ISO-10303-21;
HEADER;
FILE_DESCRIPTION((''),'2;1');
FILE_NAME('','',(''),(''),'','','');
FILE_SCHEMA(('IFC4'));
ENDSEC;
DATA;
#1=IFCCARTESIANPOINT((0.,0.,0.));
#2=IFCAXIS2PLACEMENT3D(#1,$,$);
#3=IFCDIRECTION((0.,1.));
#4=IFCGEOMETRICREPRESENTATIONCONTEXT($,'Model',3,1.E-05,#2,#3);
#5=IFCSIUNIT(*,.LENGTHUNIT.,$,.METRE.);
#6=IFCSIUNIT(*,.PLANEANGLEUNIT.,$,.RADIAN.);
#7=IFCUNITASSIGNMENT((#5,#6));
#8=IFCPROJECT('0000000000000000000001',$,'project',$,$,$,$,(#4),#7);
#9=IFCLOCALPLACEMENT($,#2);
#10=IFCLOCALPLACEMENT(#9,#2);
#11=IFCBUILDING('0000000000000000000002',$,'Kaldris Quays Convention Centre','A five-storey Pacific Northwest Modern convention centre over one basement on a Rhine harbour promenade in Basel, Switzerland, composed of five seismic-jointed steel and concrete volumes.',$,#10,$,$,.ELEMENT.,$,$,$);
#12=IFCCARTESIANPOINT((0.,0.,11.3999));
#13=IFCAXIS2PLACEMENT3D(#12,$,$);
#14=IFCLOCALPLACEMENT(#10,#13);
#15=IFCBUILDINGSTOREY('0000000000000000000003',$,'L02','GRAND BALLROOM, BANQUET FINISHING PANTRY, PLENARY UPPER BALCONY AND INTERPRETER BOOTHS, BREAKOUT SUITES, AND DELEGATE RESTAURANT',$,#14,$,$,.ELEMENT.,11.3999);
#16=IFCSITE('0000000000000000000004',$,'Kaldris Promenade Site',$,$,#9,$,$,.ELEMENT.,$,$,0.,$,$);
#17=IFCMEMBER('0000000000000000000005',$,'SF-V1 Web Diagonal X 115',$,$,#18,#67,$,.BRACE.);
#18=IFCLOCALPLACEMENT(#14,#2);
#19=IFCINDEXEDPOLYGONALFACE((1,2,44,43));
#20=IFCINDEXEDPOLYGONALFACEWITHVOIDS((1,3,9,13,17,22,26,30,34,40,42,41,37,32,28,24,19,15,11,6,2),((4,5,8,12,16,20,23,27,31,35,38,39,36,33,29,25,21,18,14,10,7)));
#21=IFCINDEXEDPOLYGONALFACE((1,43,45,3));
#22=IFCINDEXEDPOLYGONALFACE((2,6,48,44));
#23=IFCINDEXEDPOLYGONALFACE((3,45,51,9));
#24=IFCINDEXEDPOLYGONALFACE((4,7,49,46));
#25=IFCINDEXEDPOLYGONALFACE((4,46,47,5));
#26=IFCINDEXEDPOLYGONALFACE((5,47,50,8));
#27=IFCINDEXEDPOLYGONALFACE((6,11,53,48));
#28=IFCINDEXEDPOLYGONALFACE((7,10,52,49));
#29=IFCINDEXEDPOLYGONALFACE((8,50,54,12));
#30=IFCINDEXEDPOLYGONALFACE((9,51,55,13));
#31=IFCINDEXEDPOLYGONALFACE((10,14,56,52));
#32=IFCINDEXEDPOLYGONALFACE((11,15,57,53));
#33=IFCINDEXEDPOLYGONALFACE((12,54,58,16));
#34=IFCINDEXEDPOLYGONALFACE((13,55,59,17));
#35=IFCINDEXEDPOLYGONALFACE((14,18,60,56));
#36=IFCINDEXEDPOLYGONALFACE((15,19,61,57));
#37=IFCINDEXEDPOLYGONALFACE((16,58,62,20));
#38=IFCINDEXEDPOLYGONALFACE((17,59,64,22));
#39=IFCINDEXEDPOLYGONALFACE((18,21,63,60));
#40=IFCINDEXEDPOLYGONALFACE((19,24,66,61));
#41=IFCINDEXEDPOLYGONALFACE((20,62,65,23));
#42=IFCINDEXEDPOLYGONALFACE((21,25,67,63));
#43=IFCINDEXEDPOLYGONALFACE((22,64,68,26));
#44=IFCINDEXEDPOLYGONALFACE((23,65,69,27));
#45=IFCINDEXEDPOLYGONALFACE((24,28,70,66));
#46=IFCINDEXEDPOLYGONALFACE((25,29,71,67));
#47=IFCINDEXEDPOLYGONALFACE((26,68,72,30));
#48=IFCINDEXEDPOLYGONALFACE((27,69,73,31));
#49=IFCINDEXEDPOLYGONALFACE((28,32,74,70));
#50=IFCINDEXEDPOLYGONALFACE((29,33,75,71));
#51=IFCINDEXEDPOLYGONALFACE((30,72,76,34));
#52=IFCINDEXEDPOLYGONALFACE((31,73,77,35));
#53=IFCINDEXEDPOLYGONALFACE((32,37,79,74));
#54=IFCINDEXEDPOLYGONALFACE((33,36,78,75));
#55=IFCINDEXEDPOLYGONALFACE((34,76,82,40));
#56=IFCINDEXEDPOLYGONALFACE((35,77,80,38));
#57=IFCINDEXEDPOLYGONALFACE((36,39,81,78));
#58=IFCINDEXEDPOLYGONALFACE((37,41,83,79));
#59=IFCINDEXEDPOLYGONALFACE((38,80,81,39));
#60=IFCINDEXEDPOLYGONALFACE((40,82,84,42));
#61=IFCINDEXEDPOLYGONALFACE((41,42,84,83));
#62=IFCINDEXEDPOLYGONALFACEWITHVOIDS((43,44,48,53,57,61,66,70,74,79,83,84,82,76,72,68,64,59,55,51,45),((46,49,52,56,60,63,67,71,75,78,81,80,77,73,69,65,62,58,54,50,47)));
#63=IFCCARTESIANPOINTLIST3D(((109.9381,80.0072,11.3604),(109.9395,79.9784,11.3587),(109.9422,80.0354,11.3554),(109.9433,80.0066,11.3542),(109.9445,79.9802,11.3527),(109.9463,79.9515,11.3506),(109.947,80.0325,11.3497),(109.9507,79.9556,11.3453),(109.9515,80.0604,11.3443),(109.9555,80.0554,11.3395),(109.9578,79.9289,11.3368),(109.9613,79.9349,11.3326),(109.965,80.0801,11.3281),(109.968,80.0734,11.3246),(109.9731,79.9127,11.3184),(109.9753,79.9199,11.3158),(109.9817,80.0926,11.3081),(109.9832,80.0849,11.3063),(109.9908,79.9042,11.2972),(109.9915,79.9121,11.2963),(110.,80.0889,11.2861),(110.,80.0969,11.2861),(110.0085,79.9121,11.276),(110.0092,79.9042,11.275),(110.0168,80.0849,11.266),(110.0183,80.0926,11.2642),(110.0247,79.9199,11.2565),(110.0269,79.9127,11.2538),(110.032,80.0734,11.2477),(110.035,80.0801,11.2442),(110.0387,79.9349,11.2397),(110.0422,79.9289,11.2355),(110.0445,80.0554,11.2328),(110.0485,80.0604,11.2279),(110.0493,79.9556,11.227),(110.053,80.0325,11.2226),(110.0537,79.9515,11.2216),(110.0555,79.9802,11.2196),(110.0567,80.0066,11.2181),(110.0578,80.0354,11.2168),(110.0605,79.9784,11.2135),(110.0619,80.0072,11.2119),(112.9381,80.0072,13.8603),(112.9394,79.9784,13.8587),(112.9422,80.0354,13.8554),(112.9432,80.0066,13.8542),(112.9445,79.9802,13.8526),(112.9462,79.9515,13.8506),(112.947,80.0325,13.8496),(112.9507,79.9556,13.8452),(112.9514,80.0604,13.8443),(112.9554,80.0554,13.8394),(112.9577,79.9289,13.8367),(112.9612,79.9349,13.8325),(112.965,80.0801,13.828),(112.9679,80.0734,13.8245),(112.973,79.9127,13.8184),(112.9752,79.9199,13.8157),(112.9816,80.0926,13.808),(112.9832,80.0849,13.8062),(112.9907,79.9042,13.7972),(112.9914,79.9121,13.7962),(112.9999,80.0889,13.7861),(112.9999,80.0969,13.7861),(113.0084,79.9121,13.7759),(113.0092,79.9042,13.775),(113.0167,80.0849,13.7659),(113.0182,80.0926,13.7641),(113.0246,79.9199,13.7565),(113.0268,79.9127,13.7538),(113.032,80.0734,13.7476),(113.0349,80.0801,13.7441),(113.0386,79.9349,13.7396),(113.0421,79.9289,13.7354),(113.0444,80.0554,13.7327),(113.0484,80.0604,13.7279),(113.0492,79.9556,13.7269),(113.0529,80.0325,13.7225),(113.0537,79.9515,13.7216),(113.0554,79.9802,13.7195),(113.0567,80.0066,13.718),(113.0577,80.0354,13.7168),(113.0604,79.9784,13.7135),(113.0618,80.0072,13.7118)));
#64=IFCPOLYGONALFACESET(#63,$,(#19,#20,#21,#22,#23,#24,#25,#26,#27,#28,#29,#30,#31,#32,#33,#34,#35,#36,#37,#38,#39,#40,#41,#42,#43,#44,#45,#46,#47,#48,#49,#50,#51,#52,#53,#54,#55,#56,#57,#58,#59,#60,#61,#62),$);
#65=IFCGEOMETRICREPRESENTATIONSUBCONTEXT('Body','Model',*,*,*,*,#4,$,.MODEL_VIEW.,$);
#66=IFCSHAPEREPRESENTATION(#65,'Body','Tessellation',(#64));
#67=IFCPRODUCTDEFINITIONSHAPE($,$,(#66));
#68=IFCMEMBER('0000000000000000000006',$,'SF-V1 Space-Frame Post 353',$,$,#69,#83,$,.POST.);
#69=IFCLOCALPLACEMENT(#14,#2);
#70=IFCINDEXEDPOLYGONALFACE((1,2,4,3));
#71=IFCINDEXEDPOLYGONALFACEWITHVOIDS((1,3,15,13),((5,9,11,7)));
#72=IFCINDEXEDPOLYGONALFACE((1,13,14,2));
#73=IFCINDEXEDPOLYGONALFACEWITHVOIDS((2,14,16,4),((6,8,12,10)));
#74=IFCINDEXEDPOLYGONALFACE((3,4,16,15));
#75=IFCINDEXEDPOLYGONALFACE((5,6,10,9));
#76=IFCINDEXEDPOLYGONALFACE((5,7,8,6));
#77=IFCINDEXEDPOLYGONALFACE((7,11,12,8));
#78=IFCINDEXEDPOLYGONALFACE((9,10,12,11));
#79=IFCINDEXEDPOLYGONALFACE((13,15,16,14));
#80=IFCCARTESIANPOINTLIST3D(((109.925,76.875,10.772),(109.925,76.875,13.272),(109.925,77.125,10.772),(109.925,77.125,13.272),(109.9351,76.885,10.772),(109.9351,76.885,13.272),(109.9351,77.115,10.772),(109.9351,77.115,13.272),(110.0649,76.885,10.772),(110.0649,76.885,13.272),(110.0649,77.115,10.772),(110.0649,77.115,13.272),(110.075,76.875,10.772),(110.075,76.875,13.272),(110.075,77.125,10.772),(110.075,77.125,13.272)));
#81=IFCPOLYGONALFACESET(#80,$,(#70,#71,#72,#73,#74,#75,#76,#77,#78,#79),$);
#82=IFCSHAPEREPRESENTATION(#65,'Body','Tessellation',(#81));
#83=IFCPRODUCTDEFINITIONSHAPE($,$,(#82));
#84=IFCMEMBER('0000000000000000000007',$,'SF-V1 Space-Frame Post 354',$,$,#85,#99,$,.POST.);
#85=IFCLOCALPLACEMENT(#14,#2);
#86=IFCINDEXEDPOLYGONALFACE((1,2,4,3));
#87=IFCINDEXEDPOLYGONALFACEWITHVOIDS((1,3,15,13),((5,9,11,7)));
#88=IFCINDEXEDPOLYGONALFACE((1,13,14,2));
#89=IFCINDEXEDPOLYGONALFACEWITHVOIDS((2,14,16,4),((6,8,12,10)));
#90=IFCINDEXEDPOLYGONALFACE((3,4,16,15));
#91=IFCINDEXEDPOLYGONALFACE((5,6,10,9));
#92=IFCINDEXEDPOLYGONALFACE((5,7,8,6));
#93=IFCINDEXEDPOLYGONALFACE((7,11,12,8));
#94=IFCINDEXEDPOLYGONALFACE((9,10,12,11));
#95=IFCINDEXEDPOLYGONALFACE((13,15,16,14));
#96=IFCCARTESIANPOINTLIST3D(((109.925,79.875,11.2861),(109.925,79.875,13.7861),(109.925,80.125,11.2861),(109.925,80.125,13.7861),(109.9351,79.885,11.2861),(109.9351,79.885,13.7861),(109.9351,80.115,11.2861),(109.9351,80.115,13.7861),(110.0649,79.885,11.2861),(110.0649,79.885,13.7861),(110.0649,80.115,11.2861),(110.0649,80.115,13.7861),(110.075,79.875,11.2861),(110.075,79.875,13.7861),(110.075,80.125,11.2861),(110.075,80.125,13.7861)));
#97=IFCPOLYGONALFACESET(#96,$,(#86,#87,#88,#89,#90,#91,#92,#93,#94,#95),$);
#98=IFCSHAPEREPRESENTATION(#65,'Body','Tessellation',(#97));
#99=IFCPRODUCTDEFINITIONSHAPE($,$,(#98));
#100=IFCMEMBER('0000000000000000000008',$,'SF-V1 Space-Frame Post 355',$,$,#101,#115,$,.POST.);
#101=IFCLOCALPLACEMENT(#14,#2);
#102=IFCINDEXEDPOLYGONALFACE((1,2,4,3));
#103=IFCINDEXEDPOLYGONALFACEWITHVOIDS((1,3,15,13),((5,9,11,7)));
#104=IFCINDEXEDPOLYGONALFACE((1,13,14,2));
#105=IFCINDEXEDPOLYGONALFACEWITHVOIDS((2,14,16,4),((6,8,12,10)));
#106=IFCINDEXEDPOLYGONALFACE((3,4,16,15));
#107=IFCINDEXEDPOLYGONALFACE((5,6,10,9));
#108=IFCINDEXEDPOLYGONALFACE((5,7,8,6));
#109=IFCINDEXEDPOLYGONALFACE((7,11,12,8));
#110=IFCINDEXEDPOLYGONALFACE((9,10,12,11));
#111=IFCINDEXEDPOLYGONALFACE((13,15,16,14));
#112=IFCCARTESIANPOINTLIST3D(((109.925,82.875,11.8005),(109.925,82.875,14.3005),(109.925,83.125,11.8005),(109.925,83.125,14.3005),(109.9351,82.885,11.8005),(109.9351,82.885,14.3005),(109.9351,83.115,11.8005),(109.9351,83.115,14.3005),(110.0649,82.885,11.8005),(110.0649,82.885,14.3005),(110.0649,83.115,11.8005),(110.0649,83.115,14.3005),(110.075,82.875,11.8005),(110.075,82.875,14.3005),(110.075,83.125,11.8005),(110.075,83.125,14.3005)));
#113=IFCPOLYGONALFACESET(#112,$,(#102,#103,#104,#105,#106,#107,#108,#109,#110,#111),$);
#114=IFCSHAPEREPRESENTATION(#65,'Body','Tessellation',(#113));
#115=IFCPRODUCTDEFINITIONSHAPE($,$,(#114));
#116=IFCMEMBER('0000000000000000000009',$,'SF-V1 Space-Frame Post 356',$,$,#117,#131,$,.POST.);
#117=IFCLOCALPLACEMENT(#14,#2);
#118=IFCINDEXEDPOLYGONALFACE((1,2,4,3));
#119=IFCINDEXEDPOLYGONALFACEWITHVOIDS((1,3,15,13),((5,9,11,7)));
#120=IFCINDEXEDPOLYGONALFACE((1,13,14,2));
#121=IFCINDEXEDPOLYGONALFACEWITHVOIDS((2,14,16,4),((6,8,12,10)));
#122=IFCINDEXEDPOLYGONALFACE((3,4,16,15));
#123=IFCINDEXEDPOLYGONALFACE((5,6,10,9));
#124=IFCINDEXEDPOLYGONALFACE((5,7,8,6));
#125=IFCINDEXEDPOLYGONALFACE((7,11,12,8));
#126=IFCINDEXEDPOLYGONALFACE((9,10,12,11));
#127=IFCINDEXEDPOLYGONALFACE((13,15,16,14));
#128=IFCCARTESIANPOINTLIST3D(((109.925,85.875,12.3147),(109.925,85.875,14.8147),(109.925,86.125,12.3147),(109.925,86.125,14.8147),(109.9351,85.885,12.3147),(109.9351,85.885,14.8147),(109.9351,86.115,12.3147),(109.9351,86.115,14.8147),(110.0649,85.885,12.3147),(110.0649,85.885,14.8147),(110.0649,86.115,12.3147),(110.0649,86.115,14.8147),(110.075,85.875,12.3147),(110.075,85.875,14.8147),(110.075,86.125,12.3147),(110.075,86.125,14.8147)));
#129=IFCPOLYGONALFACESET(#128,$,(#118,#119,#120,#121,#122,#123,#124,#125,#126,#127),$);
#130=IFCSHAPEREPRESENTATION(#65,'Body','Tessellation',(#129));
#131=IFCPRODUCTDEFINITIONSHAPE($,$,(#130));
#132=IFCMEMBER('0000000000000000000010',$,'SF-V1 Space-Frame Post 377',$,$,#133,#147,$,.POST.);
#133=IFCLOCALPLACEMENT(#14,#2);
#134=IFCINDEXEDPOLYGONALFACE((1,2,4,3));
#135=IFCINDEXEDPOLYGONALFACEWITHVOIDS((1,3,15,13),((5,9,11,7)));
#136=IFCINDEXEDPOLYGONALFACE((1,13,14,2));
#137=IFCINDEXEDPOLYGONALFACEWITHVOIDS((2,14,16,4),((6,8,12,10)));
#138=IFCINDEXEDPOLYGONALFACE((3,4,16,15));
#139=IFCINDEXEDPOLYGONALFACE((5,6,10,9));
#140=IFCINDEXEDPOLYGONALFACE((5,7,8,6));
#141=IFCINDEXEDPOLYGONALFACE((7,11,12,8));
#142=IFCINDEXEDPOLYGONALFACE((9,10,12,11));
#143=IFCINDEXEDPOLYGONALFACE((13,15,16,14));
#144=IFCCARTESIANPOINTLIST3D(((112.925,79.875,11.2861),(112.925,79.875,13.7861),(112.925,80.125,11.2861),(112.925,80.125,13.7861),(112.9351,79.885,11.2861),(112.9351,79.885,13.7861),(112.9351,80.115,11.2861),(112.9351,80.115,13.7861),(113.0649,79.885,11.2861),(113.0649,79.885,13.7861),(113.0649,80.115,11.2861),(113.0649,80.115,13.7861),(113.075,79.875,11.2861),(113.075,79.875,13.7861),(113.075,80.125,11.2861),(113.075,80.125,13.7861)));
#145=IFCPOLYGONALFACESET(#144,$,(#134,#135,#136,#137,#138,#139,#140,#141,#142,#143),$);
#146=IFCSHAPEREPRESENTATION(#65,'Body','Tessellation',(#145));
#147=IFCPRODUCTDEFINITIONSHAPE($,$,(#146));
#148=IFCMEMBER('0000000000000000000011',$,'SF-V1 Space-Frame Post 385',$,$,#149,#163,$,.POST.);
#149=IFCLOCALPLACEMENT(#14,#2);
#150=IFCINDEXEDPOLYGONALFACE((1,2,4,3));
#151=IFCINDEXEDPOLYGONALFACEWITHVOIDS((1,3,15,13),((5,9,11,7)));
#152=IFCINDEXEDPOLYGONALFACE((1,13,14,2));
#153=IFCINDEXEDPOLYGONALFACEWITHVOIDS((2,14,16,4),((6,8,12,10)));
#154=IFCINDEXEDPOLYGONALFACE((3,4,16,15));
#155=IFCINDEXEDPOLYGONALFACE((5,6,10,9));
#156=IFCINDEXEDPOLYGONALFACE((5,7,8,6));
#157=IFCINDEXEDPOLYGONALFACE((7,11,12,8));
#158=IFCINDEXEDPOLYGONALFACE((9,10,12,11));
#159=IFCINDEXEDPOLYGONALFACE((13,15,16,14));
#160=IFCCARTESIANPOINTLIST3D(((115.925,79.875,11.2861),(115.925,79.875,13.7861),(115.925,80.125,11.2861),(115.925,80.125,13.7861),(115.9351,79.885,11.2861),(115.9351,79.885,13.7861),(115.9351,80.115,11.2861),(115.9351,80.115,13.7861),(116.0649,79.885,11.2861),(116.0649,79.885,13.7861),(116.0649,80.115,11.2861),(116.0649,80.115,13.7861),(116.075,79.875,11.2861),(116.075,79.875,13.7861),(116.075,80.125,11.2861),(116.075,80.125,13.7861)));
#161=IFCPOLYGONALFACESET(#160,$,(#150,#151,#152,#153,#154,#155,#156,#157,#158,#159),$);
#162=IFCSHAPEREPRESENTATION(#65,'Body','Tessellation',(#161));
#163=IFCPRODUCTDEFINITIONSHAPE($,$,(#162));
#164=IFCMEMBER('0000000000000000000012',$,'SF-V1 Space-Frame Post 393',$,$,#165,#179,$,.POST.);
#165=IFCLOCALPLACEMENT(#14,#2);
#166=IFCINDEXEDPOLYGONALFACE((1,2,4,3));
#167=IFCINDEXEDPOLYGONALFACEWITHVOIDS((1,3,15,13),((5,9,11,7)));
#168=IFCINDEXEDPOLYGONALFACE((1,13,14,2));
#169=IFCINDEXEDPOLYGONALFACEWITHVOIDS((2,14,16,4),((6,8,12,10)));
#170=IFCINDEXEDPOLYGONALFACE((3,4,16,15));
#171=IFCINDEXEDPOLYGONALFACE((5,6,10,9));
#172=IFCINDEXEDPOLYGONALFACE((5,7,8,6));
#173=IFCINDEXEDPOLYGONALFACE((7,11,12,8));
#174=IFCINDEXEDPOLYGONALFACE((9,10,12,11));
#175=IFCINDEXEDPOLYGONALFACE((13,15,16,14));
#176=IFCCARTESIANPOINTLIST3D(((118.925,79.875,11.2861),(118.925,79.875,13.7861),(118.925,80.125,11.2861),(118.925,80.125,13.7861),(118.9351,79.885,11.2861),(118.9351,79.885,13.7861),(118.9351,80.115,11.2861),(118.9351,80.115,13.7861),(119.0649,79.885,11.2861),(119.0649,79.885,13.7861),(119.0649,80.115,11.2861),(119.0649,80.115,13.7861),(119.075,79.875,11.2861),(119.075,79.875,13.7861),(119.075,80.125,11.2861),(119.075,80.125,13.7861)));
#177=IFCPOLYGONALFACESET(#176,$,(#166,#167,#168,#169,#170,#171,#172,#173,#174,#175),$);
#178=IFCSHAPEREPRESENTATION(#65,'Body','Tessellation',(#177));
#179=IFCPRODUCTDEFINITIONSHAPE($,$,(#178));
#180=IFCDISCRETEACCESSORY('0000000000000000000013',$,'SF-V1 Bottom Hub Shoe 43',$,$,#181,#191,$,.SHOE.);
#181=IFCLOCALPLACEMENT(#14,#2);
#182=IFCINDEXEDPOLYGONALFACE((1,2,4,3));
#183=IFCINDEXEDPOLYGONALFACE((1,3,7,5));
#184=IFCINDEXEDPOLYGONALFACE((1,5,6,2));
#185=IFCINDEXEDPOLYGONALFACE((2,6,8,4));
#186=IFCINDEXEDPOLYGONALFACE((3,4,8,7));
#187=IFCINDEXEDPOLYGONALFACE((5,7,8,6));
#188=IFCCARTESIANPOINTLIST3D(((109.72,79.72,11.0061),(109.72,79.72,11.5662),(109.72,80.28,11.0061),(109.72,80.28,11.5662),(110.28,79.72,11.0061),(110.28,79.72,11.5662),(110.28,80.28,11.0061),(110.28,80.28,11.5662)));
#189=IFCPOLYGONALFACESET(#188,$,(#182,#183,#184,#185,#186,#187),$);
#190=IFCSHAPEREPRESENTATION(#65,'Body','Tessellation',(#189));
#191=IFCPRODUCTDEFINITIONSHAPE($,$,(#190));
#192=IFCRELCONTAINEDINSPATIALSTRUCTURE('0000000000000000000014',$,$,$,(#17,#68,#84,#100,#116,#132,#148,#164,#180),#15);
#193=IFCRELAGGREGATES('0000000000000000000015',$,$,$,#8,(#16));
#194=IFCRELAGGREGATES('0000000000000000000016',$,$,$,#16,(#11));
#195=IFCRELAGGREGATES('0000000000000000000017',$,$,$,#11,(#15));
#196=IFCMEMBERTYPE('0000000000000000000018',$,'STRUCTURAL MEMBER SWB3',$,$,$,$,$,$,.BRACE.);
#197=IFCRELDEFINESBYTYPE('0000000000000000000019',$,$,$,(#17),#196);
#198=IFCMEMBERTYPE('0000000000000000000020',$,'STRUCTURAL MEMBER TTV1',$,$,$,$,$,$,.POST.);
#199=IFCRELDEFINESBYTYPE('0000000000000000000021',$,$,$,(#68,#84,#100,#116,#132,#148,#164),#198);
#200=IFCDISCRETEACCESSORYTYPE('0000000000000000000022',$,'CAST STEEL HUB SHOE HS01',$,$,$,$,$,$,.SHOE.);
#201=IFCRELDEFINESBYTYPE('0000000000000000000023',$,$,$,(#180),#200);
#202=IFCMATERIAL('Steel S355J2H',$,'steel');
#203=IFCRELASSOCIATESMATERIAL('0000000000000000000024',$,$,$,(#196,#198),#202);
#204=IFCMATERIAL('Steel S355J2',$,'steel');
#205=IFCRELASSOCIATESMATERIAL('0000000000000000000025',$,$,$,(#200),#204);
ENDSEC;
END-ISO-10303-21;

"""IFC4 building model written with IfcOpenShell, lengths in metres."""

from ifc_helpers import new_model, si_unit, direction, frame, origin, origin_2d, place, context, subcontext, project, spatial, rectangle, hollow_rectangle, hollow_circle, extrude, material, material_profile, profile_set, type_object, element, save


model = new_model("IFC4")

# Units and contexts
model_context = context("Model", 3, precision=1e-05, world=origin(), true_north=direction((0.0, 1.0)))
body_context = subcontext(model_context, "Body", "Model", "MODEL_VIEW")
ifc_project = project(units=[si_unit("LENGTHUNIT", "METRE"), si_unit("PLANEANGLEUNIT", "RADIAN")], contexts=[model_context])

# Site, building, storey
site_placement = place(None, origin())
site = spatial("IfcSite", under=ifc_project, at=site_placement, Name="Kaldris Promenade Site", CompositionType="ELEMENT", RefElevation=0.0)
building_placement = place(site_placement, origin())
building = spatial("IfcBuilding", under=site, at=building_placement, Name="Kaldris Quays Convention Centre", Description="A five-storey Pacific Northwest Modern convention centre over one basement on a Rhine harbour promenade in Basel, Switzerland, composed of five seismic-jointed steel and concrete volumes.", CompositionType="ELEMENT")
storey_placement = place(building_placement, frame((0.0, 0.0, 11.3999)))
storey = spatial("IfcBuildingStorey", under=building, at=storey_placement, Name="L02", Description="GRAND BALLROOM, BANQUET FINISHING PANTRY, PLENARY UPPER BALCONY AND INTERPRETER BOOTHS, BREAKOUT SUITES, AND DELEGATE RESTAURANT", CompositionType="ELEMENT", Elevation=11.3999)

# Members
ifc_material_1 = material(Name="Steel S355J2H", Category="steel")
ifc_material_profile_1 = material_profile(ifc_material_1, hollow_circle(Radius=0.0969, WallThickness=0.0081, at=origin_2d()), Name="CHS 193.7x8")
ifc_profile_set_1 = profile_set([ifc_material_profile_1], Name="Steel S355J2H")
member_type_1 = type_object("IfcMemberType", Name="STRUCTURAL MEMBER SWB3", PredefinedType="BRACE", material=ifc_profile_set_1)
member_1_placement = place(storey_placement, frame((110.0, 80.0, 11.2861), z_axis=(0.768221, 0.0, 0.640184), x_axis=(0.0, 1.0, 0.0)))
element("IfcMember", 1, at=member_1_placement, inside=storey, type_object=member_type_1, Name="SF-V1 Web Diagonal X 115", PredefinedType="BRACE", context=body_context, shape_type="SweptSolid", body=[
    extrude(hollow_circle(Radius=0.0969, WallThickness=0.0081, at=origin_2d()), origin(), (0.0, 0.0, 1.0), 3.905),
])
ifc_material_profile_2 = material_profile(ifc_material_1, hollow_rectangle(XDim=0.1499, YDim=0.25, WallThickness=0.01, at=origin_2d()), Name="RHS 250x150x10")
ifc_profile_set_2 = profile_set([ifc_material_profile_2], Name="Steel S355J2H")
member_type_2 = type_object("IfcMemberType", Name="STRUCTURAL MEMBER TTV1", PredefinedType="POST", material=ifc_profile_set_2)
for number, where, z_axis, x_axis, name in (
    (2, (110.0, 77.0, 10.772), (0.0, 0.0, 1.0), (1.0, 0.0, 0.0), "SF-V1 Space-Frame Post 353"),
    (3, (110.0, 80.0, 11.2861), (0.0, 0.0, 1.0), (1.0, 0.0, 0.0), "SF-V1 Space-Frame Post 354"),
    (4, (110.0, 83.0, 11.8005), (0.0, 0.0, 1.0), (1.0, 0.0, 0.0), "SF-V1 Space-Frame Post 355"),
    (5, (110.0, 86.0, 12.3147), (0.0, 0.0, 1.0), (1.0, 0.0, 0.0), "SF-V1 Space-Frame Post 356"),
    (6, (113.0, 80.0, 11.2861), (0.0, 0.0, 1.0), (1.0, 0.0, 0.0), "SF-V1 Space-Frame Post 377"),
    (7, (116.0, 80.0, 11.2861), (0.0, 0.0, 1.0), (1.0, 0.0, 0.0), "SF-V1 Space-Frame Post 385"),
    (8, (119.0, 80.0, 11.2861), (0.0, 0.0, 1.0), (1.0, 0.0, 0.0), "SF-V1 Space-Frame Post 393"),
):
    element("IfcMember", number, at=place(storey_placement, frame(where, z_axis=z_axis, x_axis=x_axis)), inside=storey, type_object=member_type_2, Name=name, PredefinedType="POST", context=body_context, shape_type="SweptSolid", body=[
        extrude(hollow_rectangle(XDim=0.1499, YDim=0.25, WallThickness=0.01, at=origin_2d()), origin(), (0.0, 0.0, 1.0), 2.5),
    ])

# Discrete accessory
ifc_material_2 = material(Name="Steel S355J2", Category="steel")
discrete_accessory_type = type_object("IfcDiscreteAccessoryType", Name="CAST STEEL HUB SHOE HS01", PredefinedType="SHOE", material=ifc_material_2)
discrete_accessory_placement = place(storey_placement, frame((110.0, 80.0, 11.0061), z_axis=(0.0, 0.0, 1.0), x_axis=(1.0, 0.0, 0.0)))
element("IfcDiscreteAccessory", 9, at=discrete_accessory_placement, inside=storey, type_object=discrete_accessory_type, Name="SF-V1 Bottom Hub Shoe 43", PredefinedType="SHOE", context=body_context, shape_type="SweptSolid", body=[
    extrude(rectangle(XDim=0.5601, YDim=0.5601, at=origin_2d()), origin(), (0.0, 0.0, 1.0), 0.5601),
])

save(model, "model.ifc")
